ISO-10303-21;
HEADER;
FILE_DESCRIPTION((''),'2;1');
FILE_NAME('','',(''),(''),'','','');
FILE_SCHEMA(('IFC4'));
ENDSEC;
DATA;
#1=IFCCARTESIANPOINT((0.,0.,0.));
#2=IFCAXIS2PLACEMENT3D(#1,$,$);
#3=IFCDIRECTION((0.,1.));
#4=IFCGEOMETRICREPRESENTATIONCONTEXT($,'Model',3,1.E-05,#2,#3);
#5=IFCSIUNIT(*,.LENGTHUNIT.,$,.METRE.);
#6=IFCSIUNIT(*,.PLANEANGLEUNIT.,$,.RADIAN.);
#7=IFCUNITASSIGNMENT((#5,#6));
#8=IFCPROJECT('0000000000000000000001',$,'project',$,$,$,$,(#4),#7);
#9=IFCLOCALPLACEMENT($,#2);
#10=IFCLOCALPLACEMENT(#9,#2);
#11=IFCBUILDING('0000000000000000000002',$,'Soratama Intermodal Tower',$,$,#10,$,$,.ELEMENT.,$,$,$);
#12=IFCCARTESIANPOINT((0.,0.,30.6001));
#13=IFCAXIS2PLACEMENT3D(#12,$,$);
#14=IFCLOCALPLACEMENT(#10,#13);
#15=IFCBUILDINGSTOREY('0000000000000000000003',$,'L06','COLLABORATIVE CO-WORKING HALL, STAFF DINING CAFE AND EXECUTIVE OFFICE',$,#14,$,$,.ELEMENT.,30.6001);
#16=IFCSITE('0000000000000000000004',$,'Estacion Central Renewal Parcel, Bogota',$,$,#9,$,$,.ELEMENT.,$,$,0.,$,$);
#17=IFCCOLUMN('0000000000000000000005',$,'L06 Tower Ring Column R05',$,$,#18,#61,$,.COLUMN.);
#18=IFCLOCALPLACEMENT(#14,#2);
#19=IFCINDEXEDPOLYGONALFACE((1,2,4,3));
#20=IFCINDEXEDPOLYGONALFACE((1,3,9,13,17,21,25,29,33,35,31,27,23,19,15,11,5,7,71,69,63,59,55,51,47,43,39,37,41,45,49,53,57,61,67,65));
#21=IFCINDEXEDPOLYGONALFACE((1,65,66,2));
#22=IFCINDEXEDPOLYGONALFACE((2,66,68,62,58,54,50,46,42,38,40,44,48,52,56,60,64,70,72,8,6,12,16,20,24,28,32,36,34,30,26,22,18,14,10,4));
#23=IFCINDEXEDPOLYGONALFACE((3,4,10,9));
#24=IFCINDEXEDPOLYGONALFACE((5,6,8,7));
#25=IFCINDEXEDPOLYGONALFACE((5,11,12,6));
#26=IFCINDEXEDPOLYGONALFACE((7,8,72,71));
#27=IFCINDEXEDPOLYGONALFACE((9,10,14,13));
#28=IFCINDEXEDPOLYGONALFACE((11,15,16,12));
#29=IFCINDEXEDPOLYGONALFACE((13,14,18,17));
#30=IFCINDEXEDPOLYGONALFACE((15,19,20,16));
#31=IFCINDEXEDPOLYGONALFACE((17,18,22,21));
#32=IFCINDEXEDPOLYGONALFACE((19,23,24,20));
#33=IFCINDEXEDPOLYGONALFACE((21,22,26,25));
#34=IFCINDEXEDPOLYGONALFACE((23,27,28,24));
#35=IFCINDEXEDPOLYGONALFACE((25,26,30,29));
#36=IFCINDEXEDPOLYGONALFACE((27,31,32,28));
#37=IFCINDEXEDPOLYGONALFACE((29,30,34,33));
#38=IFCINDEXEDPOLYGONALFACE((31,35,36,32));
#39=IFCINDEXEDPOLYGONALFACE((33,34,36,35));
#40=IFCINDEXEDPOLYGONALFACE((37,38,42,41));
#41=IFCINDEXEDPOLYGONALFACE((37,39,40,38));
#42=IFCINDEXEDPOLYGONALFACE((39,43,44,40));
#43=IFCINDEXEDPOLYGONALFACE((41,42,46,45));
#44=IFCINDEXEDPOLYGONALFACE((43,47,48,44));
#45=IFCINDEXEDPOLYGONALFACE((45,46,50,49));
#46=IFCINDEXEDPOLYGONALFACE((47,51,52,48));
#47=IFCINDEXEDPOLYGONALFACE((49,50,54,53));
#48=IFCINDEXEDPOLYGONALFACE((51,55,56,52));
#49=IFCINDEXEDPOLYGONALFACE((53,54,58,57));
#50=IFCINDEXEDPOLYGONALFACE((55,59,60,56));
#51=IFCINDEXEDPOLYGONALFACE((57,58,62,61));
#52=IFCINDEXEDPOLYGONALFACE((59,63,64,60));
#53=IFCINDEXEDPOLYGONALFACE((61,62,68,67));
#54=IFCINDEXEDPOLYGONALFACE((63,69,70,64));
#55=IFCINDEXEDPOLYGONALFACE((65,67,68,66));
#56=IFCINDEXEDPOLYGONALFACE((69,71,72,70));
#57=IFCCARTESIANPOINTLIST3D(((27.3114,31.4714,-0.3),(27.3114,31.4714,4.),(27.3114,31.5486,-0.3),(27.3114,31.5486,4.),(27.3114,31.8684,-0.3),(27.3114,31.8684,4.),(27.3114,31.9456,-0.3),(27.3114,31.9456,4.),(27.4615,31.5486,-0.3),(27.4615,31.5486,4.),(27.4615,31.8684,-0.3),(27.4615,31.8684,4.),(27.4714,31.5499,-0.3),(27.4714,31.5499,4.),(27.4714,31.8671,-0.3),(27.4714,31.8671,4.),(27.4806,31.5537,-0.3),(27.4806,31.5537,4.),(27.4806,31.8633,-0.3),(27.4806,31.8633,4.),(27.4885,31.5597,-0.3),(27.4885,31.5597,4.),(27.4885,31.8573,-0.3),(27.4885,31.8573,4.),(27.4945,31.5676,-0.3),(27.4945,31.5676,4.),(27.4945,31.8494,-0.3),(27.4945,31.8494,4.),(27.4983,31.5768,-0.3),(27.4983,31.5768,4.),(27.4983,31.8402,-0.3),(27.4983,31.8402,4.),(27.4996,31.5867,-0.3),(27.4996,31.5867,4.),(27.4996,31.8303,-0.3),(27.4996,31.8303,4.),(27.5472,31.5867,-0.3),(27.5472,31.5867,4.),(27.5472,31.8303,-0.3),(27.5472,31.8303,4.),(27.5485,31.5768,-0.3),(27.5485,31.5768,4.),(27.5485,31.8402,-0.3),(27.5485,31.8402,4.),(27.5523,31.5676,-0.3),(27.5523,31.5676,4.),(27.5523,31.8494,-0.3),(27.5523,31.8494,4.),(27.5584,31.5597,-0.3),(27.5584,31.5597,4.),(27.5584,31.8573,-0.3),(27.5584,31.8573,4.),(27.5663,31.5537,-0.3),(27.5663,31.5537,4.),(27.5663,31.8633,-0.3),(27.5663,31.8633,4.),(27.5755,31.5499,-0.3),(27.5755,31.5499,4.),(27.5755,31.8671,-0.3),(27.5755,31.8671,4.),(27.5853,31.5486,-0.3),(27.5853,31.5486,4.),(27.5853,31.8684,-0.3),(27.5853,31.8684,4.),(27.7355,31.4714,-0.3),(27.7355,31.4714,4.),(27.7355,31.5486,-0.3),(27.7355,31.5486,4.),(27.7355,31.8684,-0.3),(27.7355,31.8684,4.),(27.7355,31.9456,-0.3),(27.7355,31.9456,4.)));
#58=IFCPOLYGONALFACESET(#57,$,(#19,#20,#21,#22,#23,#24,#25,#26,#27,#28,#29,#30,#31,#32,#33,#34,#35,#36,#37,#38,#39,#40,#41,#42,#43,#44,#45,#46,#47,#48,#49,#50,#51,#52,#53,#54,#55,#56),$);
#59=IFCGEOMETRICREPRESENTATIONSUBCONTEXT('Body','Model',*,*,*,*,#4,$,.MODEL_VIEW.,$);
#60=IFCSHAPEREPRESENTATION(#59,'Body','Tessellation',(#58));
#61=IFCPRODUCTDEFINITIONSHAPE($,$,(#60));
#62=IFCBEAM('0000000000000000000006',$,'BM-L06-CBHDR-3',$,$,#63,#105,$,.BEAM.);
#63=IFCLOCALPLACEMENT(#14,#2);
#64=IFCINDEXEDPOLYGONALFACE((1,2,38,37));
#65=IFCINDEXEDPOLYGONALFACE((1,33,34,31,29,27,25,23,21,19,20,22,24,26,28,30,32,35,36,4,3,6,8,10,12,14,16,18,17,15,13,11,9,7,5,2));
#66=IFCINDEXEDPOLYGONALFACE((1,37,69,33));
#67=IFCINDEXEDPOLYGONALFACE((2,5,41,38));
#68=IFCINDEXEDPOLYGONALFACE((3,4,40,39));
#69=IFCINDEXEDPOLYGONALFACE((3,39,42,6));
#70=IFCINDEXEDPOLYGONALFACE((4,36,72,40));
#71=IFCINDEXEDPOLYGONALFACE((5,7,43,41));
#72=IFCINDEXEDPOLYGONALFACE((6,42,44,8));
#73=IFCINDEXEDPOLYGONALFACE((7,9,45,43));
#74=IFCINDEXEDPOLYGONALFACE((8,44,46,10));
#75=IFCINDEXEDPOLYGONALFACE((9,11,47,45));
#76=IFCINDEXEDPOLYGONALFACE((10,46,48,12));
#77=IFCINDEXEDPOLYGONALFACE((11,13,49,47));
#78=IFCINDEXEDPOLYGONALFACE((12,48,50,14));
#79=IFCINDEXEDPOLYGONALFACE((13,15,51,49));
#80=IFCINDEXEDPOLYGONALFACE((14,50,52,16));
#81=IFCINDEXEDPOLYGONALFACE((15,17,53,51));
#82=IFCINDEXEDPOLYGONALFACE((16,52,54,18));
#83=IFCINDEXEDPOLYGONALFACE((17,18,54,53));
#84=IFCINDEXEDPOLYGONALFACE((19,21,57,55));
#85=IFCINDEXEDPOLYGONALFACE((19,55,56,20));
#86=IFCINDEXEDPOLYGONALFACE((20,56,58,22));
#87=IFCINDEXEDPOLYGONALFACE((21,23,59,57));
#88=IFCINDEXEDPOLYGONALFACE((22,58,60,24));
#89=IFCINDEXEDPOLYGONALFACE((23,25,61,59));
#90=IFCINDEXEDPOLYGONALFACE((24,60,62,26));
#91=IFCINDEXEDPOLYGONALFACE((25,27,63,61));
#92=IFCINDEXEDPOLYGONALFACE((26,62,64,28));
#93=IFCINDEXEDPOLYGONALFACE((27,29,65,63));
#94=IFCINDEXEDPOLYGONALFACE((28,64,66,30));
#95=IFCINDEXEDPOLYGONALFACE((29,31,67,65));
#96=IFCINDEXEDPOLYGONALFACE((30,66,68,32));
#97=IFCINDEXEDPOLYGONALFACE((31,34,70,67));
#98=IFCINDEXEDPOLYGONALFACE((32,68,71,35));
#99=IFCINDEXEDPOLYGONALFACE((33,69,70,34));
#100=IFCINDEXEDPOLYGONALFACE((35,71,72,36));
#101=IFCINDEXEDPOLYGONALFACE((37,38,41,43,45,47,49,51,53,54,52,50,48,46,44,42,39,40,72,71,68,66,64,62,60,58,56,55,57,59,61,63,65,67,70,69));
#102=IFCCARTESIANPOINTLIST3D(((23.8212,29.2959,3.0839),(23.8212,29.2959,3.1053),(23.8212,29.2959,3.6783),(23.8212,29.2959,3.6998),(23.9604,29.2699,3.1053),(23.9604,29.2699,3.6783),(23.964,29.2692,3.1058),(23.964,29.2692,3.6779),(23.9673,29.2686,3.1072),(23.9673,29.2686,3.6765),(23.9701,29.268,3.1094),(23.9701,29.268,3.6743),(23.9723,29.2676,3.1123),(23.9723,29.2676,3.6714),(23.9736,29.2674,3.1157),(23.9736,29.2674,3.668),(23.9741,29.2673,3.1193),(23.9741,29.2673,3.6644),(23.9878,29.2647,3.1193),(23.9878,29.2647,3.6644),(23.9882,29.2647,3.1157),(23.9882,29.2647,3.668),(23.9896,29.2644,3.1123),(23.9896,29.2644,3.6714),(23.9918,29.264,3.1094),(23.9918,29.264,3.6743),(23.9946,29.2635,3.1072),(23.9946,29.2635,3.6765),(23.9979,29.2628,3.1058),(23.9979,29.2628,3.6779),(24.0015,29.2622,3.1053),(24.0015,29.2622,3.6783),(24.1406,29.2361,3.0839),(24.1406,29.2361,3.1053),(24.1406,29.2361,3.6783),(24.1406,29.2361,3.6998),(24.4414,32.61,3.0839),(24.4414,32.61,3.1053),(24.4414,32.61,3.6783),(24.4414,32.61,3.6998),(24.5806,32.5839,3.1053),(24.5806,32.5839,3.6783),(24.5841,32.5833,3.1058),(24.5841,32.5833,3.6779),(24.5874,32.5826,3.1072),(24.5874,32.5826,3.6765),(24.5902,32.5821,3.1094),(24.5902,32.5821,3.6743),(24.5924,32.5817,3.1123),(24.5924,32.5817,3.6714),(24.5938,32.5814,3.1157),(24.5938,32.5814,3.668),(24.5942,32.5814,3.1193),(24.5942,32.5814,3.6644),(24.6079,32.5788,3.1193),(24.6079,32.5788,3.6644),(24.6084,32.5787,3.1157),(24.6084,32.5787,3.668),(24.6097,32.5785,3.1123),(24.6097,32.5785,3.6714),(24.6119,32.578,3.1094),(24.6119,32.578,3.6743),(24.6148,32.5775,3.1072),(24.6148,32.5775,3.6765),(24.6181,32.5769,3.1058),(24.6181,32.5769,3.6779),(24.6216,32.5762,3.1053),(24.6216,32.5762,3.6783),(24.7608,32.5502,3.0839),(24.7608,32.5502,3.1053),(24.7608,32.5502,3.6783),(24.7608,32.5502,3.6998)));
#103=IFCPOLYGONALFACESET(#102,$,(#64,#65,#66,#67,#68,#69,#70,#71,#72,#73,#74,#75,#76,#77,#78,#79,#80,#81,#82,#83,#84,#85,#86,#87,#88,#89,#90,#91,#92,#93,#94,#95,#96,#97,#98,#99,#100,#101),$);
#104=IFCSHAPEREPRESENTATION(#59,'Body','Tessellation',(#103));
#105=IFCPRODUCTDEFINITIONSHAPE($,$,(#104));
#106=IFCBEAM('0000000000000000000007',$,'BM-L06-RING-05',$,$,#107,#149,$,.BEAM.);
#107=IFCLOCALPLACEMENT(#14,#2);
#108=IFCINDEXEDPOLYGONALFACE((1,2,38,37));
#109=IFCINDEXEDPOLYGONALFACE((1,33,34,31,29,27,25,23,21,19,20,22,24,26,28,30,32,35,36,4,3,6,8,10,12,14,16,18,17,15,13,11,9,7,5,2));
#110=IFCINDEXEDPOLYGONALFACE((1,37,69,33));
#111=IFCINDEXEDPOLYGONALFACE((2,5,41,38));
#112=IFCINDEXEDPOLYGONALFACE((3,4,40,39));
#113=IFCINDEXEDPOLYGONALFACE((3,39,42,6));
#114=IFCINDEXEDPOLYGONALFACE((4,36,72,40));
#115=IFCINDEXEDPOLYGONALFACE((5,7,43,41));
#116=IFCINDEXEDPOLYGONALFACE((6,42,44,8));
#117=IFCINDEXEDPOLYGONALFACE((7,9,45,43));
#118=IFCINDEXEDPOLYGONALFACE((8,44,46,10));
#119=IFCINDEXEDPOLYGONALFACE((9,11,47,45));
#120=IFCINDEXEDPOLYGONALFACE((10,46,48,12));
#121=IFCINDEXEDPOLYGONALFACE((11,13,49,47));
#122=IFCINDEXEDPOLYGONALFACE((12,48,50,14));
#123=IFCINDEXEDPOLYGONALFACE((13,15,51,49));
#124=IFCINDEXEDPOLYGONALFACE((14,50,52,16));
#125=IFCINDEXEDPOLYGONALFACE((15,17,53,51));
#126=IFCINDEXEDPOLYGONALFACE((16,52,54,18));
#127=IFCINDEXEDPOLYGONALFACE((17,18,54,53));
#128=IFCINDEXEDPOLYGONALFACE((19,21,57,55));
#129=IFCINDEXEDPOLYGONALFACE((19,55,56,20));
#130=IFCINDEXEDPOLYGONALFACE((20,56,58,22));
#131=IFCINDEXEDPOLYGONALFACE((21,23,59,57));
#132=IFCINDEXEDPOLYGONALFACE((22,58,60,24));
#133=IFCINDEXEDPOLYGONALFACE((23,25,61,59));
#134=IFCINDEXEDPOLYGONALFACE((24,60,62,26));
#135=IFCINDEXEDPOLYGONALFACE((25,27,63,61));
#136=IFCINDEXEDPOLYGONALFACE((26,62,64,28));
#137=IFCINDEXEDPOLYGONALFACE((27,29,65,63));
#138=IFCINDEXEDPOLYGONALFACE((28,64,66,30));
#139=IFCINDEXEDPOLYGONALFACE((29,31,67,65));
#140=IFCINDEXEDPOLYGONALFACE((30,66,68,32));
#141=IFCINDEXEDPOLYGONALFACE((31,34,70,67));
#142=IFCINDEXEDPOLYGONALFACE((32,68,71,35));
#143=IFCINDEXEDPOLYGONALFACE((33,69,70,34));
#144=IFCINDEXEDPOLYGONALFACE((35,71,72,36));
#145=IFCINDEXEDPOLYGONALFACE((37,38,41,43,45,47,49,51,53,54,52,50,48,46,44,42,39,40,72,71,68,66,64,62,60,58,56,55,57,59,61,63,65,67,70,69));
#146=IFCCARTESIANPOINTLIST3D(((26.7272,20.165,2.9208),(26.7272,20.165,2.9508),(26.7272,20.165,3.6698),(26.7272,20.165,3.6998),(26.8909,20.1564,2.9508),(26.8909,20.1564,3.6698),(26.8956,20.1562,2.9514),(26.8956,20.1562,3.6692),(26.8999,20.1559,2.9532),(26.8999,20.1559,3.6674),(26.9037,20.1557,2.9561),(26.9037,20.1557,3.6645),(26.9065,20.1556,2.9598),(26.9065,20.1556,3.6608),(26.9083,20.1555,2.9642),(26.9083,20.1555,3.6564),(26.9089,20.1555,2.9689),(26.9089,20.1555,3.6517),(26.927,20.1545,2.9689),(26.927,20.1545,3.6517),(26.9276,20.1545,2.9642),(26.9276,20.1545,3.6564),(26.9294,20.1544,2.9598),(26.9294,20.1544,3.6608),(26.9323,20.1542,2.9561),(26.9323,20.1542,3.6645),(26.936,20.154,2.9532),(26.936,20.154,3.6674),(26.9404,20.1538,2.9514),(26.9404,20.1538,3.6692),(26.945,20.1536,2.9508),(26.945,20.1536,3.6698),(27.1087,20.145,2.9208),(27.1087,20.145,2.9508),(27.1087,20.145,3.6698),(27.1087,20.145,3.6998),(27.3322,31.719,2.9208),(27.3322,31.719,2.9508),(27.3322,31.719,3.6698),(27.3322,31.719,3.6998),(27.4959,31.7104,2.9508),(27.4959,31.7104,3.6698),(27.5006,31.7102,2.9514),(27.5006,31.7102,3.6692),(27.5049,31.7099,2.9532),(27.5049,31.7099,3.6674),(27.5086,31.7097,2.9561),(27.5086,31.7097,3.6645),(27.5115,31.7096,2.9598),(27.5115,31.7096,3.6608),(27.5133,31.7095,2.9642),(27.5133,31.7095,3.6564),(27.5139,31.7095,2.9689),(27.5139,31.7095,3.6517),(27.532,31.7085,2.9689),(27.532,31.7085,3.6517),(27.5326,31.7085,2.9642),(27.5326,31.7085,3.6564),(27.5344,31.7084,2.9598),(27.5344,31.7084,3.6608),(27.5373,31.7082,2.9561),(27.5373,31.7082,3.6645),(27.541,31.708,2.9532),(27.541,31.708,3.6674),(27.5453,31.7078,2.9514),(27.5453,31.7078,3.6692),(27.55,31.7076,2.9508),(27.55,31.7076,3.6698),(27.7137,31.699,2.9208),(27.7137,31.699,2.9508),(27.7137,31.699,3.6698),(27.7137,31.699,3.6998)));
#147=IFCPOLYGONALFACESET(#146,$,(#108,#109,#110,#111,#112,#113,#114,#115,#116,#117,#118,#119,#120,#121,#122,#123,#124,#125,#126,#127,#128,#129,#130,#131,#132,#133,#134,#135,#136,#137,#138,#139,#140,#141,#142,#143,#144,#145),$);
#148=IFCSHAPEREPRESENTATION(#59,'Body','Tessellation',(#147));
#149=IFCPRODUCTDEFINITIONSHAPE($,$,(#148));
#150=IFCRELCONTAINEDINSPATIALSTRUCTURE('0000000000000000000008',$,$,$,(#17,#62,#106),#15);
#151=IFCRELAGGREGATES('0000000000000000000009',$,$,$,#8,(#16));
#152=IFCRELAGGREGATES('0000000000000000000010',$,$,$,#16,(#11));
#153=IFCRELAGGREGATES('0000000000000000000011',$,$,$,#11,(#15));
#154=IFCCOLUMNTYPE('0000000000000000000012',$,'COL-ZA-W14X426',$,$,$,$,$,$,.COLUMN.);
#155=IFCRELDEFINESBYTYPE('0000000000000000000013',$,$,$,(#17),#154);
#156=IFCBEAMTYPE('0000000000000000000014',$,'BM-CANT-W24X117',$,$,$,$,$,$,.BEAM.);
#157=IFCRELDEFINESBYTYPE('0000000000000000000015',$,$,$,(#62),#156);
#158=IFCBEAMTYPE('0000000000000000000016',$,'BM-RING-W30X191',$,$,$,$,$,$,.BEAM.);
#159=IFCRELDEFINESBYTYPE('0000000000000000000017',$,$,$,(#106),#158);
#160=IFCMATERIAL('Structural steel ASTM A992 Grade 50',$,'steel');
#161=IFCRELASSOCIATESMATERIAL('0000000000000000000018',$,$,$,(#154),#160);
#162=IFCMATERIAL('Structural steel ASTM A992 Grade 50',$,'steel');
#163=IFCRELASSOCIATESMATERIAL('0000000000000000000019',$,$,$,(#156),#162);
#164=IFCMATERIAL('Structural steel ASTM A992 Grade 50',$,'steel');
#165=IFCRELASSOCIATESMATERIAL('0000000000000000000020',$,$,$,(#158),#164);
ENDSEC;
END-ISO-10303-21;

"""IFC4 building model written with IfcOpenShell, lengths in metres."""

from ifc_helpers import new_model, si_unit, direction, frame, origin, origin_2d, place, context, subcontext, project, spatial, i_section, extrude, material, material_profile, profile_set, type_object, element, save


model = new_model("IFC4")

# Units and contexts
model_context = context("Model", 3, precision=1e-05, world=origin(), true_north=direction((0.0, 1.0)))
body_context = subcontext(model_context, "Body", "Model", "MODEL_VIEW")
ifc_project = project(units=[si_unit("LENGTHUNIT", "METRE"), si_unit("PLANEANGLEUNIT", "RADIAN")], contexts=[model_context])

# Site, building, storey
site_placement = place(None, origin())
site = spatial("IfcSite", under=ifc_project, at=site_placement, Name="Estacion Central Renewal Parcel, Bogota", CompositionType="ELEMENT", RefElevation=0.0)
building_placement = place(site_placement, origin())
building = spatial("IfcBuilding", under=site, at=building_placement, Name="Soratama Intermodal Tower", CompositionType="ELEMENT")
storey_placement = place(building_placement, frame((0.0, 0.0, 30.6001)))
storey = spatial("IfcBuildingStorey", under=building, at=storey_placement, Name="L06", Description="COLLABORATIVE CO-WORKING HALL, STAFF DINING CAFE AND EXECUTIVE OFFICE", CompositionType="ELEMENT", Elevation=30.6001)

# Column
ifc_material_1 = material(Name="Structural steel ASTM A992 Grade 50", Category="steel")
ifc_material_profile_1 = material_profile(ifc_material_1, i_section(OverallWidth=0.4241, OverallDepth=0.4741, WebThickness=0.0476, FlangeThickness=0.0771, FilletRadius=0.0381, at=origin_2d()), Name="W14X426")
ifc_profile_set_1 = profile_set([ifc_material_profile_1], Name="Structural steel ASTM A992 Grade 50")
column_type = type_object("IfcColumnType", Name="COL-ZA-W14X426", PredefinedType="COLUMN", material=ifc_profile_set_1)
column_placement = place(storey_placement, frame((27.5234, 31.7085, -0.3), z_axis=(0.0, 0.0, 1.0), x_axis=(1.0, 0.0, 0.0)))
element("IfcColumn", 1, at=column_placement, inside=storey, type_object=column_type, Name="L06 Tower Ring Column R05", PredefinedType="COLUMN", context=body_context, shape_type="SweptSolid", body=[
    extrude(i_section(OverallWidth=0.4241, OverallDepth=0.4741, WebThickness=0.0476, FlangeThickness=0.0771, FilletRadius=0.0381, at=origin_2d()), origin(), (0.0, 0.0, 1.0), 4.3),
])

# Beams
ifc_material_2 = material(Name="Structural steel ASTM A992 Grade 50", Category="steel")
ifc_material_profile_2 = material_profile(ifc_material_2, i_section(OverallWidth=0.325, OverallDepth=0.616, WebThickness=0.0139, FlangeThickness=0.0215, FilletRadius=0.0139, at=origin_2d()), Name="W24X117")
ifc_profile_set_2 = profile_set([ifc_material_profile_2], Name="Structural steel ASTM A992 Grade 50")
beam_type_1 = type_object("IfcBeamType", Name="BM-CANT-W24X117", PredefinedType="BEAM", material=ifc_profile_set_2)
beam_1_placement = place(storey_placement, frame((24.6011, 32.5801, 3.3918), z_axis=(-0.18393, -0.982939, 0.0), x_axis=(0.982939, -0.18393, 0.0)))
element("IfcBeam", 2, at=beam_1_placement, inside=storey, type_object=beam_type_1, Name="BM-L06-CBHDR-3", PredefinedType="BEAM", context=body_context, shape_type="SweptSolid", body=[
    extrude(i_section(OverallWidth=0.325, OverallDepth=0.616, WebThickness=0.0139, FlangeThickness=0.0215, FilletRadius=0.0139, at=origin_2d()), origin(), (0.0, 0.0, 1.0), 3.3716),
])
ifc_material_3 = material(Name="Structural steel ASTM A992 Grade 50", Category="steel")
ifc_material_profile_3 = material_profile(ifc_material_3, i_section(OverallWidth=0.3821, OverallDepth=0.7791, WebThickness=0.0181, FlangeThickness=0.03, FilletRadius=0.0181, at=origin_2d()), Name="W30X191")
ifc_profile_set_3 = profile_set([ifc_material_profile_3], Name="Structural steel ASTM A992 Grade 50")
beam_type_2 = type_object("IfcBeamType", Name="BM-RING-W30X191", PredefinedType="BEAM", material=ifc_profile_set_3)
beam_2_placement = place(storey_placement, frame((27.5229, 31.709, 3.3103), z_axis=(-0.05229, -0.998632, 0.0), x_axis=(0.998632, -0.05229, 0.0)))
element("IfcBeam", 3, at=beam_2_placement, inside=storey, type_object=beam_type_2, Name="BM-L06-RING-05", PredefinedType="BEAM", context=body_context, shape_type="SweptSolid", body=[
    extrude(i_section(OverallWidth=0.3821, OverallDepth=0.7791, WebThickness=0.0181, FlangeThickness=0.03, FilletRadius=0.0181, at=origin_2d()), origin(), (0.0, 0.0, 1.0), 11.5698),
])

save(model, "model.ifc")
